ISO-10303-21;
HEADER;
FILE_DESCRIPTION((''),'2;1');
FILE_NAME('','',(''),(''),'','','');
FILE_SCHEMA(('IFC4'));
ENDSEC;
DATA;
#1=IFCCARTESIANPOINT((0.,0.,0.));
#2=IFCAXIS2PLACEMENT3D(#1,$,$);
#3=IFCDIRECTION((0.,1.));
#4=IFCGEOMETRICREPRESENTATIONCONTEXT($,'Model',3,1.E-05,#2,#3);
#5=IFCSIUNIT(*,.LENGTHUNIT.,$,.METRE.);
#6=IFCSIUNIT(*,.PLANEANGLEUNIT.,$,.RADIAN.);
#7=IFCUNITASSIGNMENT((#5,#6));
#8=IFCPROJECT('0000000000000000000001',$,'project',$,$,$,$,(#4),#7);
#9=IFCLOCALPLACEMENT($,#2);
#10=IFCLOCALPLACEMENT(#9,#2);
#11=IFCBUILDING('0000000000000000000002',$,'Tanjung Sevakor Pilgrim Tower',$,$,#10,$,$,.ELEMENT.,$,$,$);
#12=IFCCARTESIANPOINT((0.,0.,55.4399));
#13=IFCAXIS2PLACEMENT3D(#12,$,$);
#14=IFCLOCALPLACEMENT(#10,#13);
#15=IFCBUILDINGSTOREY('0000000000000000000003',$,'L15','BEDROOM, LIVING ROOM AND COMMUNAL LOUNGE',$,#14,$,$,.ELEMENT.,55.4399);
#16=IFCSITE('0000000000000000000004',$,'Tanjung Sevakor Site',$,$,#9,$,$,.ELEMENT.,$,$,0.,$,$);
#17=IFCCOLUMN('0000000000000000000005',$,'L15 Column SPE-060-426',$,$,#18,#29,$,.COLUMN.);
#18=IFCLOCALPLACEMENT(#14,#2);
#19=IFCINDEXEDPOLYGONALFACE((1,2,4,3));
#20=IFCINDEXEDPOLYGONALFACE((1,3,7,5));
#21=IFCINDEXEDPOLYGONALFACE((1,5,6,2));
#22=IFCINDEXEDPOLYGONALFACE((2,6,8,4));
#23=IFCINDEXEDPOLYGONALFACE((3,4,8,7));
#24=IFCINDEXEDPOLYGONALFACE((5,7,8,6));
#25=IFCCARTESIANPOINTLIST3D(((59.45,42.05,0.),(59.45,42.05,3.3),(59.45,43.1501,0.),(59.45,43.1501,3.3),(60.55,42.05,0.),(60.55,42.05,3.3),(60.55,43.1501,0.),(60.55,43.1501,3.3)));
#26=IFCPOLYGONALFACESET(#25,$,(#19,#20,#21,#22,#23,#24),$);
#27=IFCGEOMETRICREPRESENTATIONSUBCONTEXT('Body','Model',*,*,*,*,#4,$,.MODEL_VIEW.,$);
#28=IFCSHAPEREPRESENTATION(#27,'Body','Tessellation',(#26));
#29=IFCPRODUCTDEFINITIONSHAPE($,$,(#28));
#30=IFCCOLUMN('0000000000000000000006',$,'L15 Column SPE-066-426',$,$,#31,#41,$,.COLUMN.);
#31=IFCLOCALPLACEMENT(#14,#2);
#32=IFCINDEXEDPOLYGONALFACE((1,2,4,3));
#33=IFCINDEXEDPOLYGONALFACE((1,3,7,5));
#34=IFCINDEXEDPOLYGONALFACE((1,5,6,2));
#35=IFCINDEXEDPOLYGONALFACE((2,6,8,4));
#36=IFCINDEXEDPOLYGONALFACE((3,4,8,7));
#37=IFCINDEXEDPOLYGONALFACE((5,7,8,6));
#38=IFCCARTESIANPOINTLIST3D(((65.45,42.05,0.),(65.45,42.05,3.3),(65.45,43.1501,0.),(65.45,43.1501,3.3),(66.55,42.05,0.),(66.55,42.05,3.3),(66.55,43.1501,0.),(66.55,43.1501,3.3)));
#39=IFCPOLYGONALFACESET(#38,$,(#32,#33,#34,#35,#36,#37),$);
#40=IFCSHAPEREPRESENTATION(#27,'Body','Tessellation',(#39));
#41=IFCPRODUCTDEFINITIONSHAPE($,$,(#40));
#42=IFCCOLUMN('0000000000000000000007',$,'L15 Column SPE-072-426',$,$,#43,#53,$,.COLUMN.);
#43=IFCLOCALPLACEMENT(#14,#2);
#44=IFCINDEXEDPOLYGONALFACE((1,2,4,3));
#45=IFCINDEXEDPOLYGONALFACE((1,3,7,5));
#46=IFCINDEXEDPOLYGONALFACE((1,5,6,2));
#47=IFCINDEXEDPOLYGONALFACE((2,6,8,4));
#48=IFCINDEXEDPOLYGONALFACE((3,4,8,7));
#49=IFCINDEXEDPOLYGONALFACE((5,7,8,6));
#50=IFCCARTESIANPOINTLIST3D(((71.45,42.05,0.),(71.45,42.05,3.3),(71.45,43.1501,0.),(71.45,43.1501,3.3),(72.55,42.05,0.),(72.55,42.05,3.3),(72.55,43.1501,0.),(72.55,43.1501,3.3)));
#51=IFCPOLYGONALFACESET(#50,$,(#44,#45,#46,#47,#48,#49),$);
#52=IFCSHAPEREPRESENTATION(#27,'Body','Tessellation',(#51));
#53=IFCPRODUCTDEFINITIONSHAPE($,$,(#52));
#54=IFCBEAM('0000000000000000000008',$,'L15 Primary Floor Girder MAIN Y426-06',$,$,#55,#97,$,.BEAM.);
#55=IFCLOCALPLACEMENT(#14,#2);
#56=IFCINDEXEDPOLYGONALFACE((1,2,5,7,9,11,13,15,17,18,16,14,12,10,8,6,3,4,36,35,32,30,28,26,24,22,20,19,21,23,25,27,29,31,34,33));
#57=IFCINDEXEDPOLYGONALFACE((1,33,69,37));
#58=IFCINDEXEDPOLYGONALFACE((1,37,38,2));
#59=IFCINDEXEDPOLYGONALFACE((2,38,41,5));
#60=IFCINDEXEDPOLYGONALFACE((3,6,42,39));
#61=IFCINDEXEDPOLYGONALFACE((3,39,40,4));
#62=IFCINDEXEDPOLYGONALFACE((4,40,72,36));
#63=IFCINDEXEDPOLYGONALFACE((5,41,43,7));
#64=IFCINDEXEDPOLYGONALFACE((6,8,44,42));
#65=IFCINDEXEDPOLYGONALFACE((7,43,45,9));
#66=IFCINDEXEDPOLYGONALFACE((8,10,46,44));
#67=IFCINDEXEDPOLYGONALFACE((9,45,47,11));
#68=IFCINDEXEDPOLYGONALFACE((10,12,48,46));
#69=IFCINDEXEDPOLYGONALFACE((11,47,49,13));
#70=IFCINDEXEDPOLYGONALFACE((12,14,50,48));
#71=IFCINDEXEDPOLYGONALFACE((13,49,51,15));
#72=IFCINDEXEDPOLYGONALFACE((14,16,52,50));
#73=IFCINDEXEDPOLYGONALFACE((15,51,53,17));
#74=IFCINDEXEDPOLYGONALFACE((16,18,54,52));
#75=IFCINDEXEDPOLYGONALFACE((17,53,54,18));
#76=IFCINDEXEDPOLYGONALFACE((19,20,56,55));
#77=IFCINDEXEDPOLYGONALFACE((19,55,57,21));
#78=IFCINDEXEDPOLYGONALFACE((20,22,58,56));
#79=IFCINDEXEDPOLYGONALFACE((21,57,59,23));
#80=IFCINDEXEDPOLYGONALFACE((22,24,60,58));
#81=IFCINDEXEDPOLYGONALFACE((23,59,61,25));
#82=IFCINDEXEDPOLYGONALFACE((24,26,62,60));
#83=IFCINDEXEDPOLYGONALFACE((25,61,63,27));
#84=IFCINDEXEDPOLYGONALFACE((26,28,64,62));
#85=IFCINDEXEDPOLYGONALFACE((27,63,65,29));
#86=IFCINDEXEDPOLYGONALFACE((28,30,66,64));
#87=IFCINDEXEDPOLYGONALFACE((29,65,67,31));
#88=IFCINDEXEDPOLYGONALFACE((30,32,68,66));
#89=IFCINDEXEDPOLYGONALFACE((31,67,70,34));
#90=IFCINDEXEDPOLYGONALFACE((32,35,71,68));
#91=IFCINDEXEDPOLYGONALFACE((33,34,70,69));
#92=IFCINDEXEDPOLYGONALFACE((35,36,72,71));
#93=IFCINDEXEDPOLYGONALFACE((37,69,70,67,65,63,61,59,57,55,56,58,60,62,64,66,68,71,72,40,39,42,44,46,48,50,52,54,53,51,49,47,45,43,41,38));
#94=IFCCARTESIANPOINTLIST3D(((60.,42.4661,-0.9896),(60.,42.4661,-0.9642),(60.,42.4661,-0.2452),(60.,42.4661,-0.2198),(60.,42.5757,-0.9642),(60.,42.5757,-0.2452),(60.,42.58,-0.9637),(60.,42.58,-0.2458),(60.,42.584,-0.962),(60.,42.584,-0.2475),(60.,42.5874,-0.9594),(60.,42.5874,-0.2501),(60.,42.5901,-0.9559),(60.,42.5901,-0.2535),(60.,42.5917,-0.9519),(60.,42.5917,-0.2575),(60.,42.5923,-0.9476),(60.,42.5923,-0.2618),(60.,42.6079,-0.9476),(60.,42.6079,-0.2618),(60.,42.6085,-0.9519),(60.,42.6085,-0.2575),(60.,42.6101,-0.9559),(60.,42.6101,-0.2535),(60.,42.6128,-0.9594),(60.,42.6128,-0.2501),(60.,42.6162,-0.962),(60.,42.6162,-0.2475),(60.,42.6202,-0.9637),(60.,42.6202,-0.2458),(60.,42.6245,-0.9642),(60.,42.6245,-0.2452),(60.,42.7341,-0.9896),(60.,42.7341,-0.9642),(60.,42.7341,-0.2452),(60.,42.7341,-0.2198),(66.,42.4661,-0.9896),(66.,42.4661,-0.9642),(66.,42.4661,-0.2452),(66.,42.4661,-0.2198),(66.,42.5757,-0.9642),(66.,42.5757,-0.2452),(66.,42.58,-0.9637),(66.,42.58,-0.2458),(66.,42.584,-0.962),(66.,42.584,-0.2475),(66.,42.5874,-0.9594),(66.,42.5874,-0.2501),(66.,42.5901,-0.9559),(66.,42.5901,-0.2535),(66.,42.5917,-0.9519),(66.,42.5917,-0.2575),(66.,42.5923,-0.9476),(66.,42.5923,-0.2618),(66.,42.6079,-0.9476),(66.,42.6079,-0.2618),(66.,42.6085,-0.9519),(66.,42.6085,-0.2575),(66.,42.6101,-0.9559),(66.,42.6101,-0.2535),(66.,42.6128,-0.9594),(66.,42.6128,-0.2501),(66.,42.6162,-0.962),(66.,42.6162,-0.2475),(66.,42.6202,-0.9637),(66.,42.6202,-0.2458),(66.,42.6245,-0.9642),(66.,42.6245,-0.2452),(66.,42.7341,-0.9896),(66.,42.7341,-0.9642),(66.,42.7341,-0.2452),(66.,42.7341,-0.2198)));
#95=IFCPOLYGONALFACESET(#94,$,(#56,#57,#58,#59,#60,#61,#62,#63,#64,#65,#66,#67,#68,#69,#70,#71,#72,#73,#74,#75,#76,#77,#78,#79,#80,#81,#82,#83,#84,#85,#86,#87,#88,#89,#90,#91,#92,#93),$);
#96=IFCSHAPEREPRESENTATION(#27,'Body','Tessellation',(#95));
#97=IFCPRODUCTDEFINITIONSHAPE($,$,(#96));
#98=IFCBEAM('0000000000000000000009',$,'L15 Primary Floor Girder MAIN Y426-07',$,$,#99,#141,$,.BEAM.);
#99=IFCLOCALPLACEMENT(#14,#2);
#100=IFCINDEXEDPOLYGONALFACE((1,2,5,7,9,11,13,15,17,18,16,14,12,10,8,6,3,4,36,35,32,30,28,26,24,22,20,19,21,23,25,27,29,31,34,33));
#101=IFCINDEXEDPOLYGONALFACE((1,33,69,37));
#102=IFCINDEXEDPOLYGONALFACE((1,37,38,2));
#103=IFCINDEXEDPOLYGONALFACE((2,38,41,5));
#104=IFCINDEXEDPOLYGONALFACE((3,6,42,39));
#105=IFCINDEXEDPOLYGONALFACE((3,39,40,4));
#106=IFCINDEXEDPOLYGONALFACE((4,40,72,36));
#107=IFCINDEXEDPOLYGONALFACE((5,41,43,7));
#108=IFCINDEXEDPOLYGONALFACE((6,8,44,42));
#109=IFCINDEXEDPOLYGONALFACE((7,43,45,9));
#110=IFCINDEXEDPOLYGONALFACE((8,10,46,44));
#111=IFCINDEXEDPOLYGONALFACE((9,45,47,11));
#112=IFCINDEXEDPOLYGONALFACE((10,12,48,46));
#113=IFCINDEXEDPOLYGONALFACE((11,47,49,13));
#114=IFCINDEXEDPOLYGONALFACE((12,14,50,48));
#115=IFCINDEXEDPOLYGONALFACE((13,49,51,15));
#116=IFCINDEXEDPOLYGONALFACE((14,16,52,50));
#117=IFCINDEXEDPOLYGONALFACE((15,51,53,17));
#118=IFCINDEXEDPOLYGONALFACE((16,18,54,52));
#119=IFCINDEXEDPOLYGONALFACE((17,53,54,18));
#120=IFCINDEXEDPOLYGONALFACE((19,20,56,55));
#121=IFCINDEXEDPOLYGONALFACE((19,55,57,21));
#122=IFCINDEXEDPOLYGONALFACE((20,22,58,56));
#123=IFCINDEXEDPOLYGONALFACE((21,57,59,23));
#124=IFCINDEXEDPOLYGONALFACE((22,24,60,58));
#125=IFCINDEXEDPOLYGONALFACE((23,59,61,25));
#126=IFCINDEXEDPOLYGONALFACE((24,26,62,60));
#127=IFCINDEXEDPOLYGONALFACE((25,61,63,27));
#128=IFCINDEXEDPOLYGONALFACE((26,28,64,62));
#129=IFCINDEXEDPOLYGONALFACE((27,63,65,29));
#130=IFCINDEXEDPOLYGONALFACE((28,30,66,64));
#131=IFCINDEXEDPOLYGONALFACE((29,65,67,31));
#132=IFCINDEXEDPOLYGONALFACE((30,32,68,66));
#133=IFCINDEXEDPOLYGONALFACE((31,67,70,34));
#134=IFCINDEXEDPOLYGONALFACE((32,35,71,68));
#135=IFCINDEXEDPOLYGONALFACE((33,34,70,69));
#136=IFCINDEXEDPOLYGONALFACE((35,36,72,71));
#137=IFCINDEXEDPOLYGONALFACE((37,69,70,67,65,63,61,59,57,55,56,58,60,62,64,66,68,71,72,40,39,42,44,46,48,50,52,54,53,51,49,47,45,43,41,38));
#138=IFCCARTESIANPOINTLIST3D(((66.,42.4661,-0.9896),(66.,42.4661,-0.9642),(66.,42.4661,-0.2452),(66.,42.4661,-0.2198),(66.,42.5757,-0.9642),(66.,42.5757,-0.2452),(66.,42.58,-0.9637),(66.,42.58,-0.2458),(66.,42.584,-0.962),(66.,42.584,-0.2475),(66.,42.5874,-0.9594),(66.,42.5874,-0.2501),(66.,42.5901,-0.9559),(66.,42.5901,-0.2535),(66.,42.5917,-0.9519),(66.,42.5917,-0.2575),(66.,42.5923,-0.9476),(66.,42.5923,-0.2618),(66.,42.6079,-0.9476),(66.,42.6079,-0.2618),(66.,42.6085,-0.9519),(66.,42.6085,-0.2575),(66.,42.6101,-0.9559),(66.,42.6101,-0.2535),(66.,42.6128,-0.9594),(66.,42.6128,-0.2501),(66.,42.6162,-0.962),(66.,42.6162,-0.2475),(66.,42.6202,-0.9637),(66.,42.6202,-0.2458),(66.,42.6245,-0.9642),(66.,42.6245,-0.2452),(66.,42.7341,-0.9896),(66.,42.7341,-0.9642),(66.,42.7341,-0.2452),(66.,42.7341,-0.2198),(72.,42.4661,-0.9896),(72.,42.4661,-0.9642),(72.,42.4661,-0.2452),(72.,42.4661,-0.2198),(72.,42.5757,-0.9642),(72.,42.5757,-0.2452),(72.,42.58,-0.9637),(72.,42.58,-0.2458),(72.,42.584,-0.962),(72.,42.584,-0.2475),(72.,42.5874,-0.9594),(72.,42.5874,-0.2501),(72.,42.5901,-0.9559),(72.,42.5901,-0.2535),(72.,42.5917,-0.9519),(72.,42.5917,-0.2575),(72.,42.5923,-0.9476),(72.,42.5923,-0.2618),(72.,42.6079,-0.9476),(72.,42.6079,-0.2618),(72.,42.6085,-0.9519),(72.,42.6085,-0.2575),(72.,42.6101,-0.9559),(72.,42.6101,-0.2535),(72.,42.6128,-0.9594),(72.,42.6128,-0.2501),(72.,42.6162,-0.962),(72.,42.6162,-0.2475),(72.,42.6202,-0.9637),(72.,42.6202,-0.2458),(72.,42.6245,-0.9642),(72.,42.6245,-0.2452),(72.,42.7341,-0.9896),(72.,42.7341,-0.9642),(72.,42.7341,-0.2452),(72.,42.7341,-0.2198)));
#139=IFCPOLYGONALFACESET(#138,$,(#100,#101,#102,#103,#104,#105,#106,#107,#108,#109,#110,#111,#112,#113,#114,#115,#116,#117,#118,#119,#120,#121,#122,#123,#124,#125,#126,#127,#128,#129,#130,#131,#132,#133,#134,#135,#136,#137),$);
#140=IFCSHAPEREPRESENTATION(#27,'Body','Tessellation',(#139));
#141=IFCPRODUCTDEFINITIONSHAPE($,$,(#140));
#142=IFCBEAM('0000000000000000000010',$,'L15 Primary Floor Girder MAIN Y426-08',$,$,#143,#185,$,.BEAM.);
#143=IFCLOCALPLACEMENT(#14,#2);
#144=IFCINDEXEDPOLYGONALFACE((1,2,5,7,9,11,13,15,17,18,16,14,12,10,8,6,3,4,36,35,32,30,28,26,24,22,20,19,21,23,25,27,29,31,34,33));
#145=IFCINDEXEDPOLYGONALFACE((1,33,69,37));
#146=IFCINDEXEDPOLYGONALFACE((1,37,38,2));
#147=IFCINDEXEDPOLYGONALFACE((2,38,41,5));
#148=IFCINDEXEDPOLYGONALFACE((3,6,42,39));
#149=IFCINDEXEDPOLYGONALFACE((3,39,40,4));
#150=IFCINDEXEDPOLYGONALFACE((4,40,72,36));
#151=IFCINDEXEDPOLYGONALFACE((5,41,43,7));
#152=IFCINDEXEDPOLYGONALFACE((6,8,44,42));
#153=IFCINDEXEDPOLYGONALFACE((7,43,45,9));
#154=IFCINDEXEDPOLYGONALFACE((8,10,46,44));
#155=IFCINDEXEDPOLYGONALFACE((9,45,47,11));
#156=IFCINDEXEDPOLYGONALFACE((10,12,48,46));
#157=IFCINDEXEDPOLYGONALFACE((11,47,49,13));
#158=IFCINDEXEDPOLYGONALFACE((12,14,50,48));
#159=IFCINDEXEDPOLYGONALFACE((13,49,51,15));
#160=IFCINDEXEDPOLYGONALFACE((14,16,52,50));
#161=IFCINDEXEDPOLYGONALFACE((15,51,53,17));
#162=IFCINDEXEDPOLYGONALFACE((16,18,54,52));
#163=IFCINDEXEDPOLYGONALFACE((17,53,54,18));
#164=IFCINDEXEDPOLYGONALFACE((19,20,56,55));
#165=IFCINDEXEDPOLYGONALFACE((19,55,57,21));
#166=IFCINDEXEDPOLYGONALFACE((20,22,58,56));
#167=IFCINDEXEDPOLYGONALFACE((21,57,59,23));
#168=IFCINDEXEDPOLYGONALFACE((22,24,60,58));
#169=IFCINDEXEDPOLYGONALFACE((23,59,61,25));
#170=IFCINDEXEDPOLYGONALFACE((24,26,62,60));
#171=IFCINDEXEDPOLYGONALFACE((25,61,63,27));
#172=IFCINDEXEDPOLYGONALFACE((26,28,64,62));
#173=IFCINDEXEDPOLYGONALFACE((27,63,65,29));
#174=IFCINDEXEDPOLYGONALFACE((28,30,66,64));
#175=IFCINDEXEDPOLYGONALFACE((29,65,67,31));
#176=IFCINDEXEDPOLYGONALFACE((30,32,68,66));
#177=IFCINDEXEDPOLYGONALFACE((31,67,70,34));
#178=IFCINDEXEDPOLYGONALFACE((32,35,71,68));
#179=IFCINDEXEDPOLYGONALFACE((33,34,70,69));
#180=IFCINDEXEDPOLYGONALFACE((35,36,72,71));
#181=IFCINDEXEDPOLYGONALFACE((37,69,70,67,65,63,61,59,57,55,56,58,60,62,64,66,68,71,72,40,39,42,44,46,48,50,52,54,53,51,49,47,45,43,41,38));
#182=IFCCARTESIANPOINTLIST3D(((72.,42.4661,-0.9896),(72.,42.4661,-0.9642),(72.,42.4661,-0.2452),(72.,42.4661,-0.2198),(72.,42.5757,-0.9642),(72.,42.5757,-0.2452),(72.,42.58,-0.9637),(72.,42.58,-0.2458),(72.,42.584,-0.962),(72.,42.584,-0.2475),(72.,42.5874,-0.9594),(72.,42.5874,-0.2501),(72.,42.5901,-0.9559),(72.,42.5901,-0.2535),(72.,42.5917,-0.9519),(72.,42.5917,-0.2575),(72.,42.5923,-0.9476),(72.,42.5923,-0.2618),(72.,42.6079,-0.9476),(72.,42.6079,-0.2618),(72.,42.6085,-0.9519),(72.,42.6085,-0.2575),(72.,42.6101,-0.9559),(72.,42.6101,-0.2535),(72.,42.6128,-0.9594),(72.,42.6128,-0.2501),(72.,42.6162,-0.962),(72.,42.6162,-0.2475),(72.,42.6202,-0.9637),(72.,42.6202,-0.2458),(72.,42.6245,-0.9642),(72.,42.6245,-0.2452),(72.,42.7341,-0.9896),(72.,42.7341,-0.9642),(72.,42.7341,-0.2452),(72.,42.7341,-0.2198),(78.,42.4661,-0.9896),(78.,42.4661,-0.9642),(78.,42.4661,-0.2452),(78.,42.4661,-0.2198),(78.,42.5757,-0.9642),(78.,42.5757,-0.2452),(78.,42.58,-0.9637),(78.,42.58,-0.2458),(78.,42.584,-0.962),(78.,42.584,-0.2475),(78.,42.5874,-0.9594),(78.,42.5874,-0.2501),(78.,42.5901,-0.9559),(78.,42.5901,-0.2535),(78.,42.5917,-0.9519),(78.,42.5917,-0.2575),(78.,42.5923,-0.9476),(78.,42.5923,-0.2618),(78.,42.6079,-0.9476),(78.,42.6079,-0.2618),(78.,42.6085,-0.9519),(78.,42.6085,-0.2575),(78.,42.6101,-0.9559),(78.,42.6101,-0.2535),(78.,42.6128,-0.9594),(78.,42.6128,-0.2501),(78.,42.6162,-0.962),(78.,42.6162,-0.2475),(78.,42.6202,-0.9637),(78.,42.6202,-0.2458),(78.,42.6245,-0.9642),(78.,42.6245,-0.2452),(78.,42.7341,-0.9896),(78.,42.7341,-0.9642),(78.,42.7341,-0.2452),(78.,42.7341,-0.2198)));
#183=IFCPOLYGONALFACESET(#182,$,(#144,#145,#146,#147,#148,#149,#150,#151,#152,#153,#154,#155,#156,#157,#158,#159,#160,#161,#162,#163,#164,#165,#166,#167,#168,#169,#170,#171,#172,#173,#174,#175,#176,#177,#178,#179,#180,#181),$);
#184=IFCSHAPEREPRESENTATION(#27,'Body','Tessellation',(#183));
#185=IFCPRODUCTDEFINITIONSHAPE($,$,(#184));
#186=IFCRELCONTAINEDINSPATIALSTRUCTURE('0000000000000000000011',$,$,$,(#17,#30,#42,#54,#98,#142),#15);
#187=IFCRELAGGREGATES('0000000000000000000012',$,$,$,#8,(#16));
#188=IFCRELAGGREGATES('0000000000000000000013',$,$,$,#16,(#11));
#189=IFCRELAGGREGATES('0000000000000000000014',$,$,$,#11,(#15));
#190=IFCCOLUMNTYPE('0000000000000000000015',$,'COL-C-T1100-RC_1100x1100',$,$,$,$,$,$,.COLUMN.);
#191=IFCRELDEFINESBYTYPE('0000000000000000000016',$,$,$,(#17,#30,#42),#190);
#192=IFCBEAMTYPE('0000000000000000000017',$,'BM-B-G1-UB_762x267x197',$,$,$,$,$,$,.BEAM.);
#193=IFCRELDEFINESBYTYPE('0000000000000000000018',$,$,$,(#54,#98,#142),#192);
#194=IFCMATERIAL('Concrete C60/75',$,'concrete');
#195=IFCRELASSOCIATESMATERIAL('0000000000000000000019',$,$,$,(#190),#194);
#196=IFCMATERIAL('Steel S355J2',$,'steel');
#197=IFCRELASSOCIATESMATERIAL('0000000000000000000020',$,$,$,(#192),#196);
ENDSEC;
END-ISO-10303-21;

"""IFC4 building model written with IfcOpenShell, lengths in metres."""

from ifc_helpers import new_model, si_unit, direction, frame, origin, origin_2d, place, context, subcontext, project, spatial, rectangle, i_section, extrude, material, material_profile, profile_set, type_object, element, save


model = new_model("IFC4")

# Units and contexts
model_context = context("Model", 3, precision=1e-05, world=origin(), true_north=direction((0.0, 1.0)))
body_context = subcontext(model_context, "Body", "Model", "MODEL_VIEW")
ifc_project = project(units=[si_unit("LENGTHUNIT", "METRE"), si_unit("PLANEANGLEUNIT", "RADIAN")], contexts=[model_context])

# Site, building, storey
site_placement = place(None, origin())
site = spatial("IfcSite", under=ifc_project, at=site_placement, Name="Tanjung Sevakor Site", CompositionType="ELEMENT", RefElevation=0.0)
building_placement = place(site_placement, origin())
building = spatial("IfcBuilding", under=site, at=building_placement, Name="Tanjung Sevakor Pilgrim Tower", CompositionType="ELEMENT")
storey_placement = place(building_placement, frame((0.0, 0.0, 55.4399)))
storey = spatial("IfcBuildingStorey", under=building, at=storey_placement, Name="L15", Description="BEDROOM, LIVING ROOM AND COMMUNAL LOUNGE", CompositionType="ELEMENT", Elevation=55.4399)

# Columns
ifc_material_1 = material(Name="Concrete C60/75", Category="concrete")
ifc_material_profile_1 = material_profile(ifc_material_1, rectangle(XDim=1.1001, YDim=1.1001, at=origin_2d()))
ifc_profile_set_1 = profile_set([ifc_material_profile_1], Name="Concrete C60/75")
column_type = type_object("IfcColumnType", Name="COL-C-T1100-RC_1100x1100", PredefinedType="COLUMN", material=ifc_profile_set_1)
for number, where, z_axis, x_axis, name in (
    (1, (60.0, 42.6001, 0.0), (0.0, 0.0, 1.0), (1.0, 0.0, 0.0), "L15 Column SPE-060-426"),
    (2, (66.0, 42.6001, 0.0), (0.0, 0.0, 1.0), (1.0, 0.0, 0.0), "L15 Column SPE-066-426"),
    (3, (72.0, 42.6001, 0.0), (0.0, 0.0, 1.0), (1.0, 0.0, 0.0), "L15 Column SPE-072-426"),
):
    element("IfcColumn", number, at=place(storey_placement, frame(where, z_axis=z_axis, x_axis=x_axis)), inside=storey, type_object=column_type, Name=name, PredefinedType="COLUMN", context=body_context, shape_type="SweptSolid", body=[
        extrude(rectangle(XDim=1.1001, YDim=1.1001, at=origin_2d()), origin(), (0.0, 0.0, 1.0), 3.3),
    ])

# Beams
ifc_material_2 = material(Name="Steel S355J2", Category="steel")
ifc_material_profile_2 = material_profile(ifc_material_2, i_section(OverallWidth=0.2681, OverallDepth=0.7698, WebThickness=0.0156, FlangeThickness=0.0254, FilletRadius=0.0166, at=origin_2d()))
ifc_profile_set_2 = profile_set([ifc_material_profile_2], Name="Steel S355J2")
beam_type_1 = type_object("IfcBeamType", Name="BM-B-G1-UB_762x267x197", PredefinedType="BEAM", material=ifc_profile_set_2)
for number, where, z_axis, x_axis, name in (
    (4, (60.0, 42.6001, -0.6047), (1.0, 0.0, 0.0), (0.0, 1.0, 0.0), "L15 Primary Floor Girder MAIN Y426-06"),
    (5, (66.0, 42.6001, -0.6047), (1.0, 0.0, 0.0), (0.0, 1.0, 0.0), "L15 Primary Floor Girder MAIN Y426-07"),
    (6, (72.0, 42.6001, -0.6047), (1.0, 0.0, 0.0), (0.0, 1.0, 0.0), "L15 Primary Floor Girder MAIN Y426-08"),
):
    element("IfcBeam", number, at=place(storey_placement, frame(where, z_axis=z_axis, x_axis=x_axis)), inside=storey, type_object=beam_type_1, Name=name, PredefinedType="BEAM", context=body_context, shape_type="SweptSolid", body=[
        extrude(i_section(OverallWidth=0.2681, OverallDepth=0.7698, WebThickness=0.0156, FlangeThickness=0.0254, FilletRadius=0.0166, at=origin_2d()), origin(), (0.0, 0.0, 1.0), 6.0),
    ])

save(model, "model.ifc")
